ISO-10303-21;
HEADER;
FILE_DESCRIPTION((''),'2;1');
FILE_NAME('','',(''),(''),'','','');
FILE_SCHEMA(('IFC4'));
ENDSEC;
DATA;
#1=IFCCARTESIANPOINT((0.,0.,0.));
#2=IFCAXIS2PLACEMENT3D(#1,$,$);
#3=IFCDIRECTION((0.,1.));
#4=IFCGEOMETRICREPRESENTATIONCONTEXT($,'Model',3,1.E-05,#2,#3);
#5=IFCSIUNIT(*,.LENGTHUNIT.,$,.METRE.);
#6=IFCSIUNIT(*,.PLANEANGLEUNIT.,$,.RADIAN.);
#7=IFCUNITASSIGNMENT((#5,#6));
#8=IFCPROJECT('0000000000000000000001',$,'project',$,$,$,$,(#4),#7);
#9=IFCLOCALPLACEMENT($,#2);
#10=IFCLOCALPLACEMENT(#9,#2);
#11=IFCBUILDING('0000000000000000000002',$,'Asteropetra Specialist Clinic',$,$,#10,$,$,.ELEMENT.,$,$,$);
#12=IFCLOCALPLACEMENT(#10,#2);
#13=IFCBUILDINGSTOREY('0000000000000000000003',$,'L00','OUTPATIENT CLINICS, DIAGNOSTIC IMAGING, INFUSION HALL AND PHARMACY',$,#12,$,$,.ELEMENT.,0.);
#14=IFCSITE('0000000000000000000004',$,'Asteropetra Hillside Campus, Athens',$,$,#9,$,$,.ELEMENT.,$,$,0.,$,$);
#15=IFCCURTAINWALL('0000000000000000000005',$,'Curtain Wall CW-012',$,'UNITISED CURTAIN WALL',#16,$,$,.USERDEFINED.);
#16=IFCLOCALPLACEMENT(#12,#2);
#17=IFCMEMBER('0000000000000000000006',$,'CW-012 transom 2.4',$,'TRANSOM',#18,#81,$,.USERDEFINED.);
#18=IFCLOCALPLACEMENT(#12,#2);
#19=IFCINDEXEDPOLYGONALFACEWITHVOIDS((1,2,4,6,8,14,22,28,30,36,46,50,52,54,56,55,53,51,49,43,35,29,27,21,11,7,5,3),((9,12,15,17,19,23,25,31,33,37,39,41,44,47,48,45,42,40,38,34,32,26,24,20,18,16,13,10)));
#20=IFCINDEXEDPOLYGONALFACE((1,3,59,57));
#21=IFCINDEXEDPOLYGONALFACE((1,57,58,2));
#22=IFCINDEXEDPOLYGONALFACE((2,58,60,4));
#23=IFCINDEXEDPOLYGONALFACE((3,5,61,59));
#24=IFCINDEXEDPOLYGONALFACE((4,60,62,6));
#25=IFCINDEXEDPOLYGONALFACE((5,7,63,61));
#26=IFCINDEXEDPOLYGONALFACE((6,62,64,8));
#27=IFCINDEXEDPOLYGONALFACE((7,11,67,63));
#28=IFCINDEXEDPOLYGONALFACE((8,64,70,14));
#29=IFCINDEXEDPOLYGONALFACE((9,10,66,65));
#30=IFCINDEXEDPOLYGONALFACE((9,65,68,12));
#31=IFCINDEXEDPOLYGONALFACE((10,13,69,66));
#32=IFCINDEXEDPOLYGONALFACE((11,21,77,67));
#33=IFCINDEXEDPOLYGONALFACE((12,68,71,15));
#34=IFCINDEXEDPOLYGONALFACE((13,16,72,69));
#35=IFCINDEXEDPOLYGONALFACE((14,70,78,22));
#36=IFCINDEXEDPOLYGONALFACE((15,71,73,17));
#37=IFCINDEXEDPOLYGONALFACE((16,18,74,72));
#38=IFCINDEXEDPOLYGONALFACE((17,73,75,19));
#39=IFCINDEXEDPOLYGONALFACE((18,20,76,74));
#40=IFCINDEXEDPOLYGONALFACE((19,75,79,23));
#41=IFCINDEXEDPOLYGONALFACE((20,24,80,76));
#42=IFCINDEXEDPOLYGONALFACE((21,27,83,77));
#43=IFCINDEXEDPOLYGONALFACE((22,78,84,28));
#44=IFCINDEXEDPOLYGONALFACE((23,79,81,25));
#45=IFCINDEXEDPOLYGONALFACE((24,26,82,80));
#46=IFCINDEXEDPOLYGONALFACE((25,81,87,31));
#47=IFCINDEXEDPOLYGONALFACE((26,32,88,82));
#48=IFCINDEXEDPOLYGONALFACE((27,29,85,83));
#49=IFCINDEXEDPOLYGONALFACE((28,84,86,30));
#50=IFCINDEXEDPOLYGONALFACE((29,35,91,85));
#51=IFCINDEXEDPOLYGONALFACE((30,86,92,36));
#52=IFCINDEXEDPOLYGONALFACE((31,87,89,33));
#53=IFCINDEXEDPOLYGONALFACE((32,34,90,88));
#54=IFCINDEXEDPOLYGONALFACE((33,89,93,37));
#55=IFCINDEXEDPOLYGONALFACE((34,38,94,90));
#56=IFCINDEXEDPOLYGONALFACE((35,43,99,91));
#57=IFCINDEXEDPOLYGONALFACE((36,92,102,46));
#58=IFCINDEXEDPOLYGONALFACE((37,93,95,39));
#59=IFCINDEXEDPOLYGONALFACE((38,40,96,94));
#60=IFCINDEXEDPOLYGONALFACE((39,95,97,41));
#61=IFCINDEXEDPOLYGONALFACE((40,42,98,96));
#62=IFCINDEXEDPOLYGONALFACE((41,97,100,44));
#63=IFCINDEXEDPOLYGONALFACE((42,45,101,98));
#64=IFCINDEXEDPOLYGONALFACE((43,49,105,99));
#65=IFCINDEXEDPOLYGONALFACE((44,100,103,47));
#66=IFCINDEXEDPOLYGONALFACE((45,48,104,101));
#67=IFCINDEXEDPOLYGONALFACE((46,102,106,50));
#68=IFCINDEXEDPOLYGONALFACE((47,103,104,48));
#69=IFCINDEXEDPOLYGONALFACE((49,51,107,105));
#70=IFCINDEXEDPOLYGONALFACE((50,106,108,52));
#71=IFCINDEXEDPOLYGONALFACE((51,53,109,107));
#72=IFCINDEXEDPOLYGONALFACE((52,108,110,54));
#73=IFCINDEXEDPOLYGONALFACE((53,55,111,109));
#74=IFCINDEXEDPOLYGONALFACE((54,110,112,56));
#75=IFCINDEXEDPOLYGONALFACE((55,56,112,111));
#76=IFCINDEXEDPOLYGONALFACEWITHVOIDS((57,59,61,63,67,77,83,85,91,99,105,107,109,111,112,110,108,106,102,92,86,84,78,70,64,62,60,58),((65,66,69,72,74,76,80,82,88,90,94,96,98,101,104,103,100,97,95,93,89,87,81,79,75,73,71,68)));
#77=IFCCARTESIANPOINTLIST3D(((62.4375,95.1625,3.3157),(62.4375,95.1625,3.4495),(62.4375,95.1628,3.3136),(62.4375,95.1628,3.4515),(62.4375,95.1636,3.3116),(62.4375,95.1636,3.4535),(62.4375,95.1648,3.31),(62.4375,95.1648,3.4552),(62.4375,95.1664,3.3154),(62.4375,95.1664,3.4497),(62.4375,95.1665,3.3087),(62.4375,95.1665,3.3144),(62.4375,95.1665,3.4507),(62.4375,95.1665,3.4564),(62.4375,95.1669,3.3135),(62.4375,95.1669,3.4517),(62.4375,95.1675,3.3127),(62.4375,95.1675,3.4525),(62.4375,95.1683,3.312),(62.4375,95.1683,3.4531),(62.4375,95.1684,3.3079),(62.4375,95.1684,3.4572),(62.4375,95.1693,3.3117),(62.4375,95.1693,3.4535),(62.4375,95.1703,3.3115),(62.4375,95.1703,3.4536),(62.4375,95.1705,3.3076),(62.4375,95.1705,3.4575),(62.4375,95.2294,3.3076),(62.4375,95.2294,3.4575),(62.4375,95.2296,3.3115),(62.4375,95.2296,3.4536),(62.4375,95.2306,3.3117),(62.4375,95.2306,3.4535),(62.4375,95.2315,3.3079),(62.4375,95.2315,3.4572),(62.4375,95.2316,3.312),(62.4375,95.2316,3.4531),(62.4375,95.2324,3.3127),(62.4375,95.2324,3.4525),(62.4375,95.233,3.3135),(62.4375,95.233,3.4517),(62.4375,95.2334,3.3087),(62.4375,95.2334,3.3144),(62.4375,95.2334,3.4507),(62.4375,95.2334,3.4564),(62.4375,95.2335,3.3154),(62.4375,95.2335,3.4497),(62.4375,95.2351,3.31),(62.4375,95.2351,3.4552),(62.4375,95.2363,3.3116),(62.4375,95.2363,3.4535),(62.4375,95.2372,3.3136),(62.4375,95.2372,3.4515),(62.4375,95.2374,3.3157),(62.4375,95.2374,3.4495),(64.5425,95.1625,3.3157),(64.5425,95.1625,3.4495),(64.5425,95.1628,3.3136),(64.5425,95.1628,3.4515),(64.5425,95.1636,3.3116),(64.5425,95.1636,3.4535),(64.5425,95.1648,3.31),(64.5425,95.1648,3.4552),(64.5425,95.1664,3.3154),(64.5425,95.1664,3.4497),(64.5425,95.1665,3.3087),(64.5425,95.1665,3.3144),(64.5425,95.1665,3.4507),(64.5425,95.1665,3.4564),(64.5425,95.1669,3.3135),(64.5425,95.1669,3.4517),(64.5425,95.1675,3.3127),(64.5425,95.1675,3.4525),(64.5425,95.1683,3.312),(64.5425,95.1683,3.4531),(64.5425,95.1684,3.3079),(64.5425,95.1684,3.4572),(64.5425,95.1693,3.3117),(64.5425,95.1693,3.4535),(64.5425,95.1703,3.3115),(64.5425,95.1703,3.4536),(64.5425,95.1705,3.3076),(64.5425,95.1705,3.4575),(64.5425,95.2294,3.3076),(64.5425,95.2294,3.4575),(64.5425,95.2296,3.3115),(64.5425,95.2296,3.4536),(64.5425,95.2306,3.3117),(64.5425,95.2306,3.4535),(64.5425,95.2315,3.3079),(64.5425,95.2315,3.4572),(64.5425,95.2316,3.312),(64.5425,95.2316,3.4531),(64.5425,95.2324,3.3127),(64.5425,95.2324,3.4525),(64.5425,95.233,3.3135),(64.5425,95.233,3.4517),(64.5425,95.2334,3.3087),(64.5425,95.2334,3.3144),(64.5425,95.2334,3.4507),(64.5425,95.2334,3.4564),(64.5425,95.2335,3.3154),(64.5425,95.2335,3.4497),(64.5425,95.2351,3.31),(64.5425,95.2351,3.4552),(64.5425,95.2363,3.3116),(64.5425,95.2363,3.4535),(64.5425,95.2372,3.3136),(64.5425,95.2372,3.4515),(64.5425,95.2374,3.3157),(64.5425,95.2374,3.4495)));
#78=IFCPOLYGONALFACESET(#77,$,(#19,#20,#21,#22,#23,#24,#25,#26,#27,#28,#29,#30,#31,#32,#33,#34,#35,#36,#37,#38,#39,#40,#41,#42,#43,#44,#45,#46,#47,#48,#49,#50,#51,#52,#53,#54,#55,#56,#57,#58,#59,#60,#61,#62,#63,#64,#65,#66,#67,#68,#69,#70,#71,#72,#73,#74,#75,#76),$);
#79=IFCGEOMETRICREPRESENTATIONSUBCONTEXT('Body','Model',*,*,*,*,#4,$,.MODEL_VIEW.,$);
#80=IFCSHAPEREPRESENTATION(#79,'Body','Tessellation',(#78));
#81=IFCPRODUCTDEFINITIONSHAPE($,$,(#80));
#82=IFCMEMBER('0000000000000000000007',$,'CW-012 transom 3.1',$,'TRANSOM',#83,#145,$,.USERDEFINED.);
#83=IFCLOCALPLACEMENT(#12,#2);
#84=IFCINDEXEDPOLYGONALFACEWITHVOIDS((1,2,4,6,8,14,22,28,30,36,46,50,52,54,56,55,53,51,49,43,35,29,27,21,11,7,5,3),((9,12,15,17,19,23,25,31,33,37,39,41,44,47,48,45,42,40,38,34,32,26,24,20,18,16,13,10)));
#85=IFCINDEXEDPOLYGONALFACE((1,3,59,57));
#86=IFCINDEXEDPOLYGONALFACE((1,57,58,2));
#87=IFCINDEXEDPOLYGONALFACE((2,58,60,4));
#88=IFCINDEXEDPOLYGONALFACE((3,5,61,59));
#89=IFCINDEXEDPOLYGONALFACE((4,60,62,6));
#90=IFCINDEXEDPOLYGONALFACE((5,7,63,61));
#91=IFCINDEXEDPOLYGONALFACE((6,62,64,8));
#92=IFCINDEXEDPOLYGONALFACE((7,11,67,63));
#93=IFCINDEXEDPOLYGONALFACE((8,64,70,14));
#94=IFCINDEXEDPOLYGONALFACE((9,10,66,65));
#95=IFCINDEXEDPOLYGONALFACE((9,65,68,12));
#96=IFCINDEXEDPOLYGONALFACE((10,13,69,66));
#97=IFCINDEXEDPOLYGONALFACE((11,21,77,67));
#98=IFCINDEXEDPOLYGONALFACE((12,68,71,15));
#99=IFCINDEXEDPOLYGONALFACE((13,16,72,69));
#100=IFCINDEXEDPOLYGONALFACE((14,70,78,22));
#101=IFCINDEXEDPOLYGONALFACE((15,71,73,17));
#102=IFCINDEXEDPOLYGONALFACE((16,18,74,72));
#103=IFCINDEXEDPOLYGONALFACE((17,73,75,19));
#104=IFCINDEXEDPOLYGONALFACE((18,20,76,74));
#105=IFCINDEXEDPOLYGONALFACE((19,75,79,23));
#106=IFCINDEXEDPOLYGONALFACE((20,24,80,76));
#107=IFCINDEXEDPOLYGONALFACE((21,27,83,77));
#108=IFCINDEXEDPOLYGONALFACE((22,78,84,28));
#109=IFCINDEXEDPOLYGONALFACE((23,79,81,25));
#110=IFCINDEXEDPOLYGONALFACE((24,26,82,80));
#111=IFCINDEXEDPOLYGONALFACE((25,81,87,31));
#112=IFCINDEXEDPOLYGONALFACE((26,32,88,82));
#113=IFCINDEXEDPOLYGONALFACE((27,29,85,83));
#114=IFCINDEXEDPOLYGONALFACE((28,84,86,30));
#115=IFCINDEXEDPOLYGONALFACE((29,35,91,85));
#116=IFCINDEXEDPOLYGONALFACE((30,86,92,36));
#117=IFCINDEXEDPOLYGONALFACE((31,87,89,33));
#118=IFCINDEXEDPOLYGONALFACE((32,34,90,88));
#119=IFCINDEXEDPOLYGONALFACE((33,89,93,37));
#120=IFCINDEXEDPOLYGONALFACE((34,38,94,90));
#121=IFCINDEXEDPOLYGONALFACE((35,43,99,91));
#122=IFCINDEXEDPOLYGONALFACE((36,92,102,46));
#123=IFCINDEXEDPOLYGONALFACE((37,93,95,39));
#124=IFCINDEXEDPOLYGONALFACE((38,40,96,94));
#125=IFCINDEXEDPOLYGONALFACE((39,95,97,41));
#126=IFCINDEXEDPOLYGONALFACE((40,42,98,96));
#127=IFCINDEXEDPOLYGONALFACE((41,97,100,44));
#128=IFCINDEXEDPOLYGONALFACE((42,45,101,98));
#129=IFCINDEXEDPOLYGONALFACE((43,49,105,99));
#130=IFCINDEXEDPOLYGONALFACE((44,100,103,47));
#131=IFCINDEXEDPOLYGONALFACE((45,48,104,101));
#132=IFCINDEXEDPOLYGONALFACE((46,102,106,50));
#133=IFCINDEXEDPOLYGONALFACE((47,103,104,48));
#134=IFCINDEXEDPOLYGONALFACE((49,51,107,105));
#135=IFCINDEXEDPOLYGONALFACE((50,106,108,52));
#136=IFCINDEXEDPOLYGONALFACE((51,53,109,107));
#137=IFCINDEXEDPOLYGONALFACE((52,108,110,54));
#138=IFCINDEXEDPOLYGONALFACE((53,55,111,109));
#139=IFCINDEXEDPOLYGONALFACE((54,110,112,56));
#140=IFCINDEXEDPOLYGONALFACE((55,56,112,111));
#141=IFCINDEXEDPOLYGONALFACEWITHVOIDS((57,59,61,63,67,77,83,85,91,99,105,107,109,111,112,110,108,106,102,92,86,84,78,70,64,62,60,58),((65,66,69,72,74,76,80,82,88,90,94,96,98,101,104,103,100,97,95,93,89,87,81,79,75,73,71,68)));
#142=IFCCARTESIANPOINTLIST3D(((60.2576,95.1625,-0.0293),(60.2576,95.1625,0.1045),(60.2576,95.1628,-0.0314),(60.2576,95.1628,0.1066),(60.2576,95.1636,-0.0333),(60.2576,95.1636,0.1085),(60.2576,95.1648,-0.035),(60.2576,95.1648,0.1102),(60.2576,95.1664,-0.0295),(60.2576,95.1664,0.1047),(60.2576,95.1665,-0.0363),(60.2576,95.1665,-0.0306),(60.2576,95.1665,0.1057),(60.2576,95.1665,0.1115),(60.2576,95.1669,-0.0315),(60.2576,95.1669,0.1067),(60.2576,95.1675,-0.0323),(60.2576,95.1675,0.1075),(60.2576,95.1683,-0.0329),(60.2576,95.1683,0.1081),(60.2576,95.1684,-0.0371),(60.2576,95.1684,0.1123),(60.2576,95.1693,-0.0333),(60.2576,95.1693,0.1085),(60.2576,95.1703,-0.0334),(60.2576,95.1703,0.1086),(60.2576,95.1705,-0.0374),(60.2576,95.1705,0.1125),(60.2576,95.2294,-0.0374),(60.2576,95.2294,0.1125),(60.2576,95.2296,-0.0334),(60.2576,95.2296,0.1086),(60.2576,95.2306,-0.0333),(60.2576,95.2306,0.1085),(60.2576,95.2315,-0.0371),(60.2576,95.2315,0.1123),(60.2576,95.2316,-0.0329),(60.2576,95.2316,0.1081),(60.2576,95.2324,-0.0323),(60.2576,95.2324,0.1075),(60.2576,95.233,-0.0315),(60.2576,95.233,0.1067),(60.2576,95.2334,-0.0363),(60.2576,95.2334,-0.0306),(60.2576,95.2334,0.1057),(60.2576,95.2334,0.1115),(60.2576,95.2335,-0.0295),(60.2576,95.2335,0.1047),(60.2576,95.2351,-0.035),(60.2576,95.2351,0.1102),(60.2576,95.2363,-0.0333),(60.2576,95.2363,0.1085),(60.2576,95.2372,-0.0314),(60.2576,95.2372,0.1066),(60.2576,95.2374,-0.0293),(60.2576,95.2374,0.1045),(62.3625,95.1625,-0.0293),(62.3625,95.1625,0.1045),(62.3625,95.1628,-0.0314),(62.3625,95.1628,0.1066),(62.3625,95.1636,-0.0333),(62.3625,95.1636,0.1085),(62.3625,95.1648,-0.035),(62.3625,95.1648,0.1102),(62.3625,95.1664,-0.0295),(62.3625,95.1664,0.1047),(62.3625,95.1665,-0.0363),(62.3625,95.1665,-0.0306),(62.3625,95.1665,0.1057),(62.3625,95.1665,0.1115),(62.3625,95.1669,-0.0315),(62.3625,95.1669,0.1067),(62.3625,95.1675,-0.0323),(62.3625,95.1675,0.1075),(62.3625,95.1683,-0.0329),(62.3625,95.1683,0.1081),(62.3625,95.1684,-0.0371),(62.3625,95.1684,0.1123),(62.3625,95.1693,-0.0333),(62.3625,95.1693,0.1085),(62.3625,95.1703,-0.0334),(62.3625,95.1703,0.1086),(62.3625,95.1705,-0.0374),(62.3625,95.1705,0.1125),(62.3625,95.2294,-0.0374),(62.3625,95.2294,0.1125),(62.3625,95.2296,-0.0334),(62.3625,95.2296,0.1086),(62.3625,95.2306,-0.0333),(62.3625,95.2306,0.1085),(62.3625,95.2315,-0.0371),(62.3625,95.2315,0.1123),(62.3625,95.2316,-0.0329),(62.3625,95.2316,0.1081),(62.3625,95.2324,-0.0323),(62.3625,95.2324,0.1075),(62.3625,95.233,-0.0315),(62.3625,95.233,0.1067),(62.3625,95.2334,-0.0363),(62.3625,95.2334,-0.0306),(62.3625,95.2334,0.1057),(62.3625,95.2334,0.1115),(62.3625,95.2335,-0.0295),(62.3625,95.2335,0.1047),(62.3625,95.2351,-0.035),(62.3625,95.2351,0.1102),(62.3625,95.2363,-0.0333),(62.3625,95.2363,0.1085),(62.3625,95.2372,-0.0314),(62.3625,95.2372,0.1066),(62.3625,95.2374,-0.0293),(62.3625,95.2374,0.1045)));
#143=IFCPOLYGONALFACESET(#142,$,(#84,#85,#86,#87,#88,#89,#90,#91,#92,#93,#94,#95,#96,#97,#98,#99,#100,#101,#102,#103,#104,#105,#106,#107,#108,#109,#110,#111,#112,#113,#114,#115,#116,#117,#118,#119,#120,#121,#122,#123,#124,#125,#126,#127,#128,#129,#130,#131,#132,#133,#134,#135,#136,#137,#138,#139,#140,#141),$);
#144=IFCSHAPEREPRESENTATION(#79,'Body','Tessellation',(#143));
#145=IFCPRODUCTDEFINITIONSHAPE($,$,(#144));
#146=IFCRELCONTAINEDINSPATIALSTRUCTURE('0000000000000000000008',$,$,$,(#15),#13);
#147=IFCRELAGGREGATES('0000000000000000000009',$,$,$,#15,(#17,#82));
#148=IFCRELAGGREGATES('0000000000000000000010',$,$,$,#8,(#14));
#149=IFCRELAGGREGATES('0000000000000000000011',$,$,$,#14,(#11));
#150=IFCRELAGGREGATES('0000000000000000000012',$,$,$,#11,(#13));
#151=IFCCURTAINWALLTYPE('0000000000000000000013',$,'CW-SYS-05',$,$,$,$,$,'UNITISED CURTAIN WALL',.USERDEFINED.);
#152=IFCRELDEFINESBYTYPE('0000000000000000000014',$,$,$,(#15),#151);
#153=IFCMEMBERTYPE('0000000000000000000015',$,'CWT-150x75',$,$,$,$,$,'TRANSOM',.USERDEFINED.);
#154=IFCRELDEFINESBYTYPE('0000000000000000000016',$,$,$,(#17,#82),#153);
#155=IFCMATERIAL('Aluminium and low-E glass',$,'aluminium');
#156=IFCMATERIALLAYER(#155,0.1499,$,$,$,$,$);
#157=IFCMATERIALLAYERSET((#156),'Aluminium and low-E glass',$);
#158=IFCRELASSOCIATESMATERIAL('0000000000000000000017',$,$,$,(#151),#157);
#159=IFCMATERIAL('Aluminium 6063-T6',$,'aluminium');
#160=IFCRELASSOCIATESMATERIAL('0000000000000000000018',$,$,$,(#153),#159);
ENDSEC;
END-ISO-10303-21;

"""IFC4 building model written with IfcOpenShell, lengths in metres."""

from ifc_helpers import new_model, si_unit, direction, frame, origin, origin_2d, place, context, subcontext, project, spatial, hollow_rectangle, extrude, material, layer, layer_set, material_profile, profile_set, type_object, element, aggregate, save


model = new_model("IFC4")

# Units and contexts
model_context = context("Model", 3, precision=1e-05, world=origin(), true_north=direction((0.0, 1.0)))
body_context = subcontext(model_context, "Body", "Model", "MODEL_VIEW")
ifc_project = project(units=[si_unit("LENGTHUNIT", "METRE"), si_unit("PLANEANGLEUNIT", "RADIAN")], contexts=[model_context])

# Site, building, storey
site_placement = place(None, origin())
site = spatial("IfcSite", under=ifc_project, at=site_placement, Name="Asteropetra Hillside Campus, Athens", CompositionType="ELEMENT", RefElevation=0.0)
building_placement = place(site_placement, origin())
building = spatial("IfcBuilding", under=site, at=building_placement, Name="Asteropetra Specialist Clinic", CompositionType="ELEMENT")
storey_placement = place(building_placement, origin())
storey = spatial("IfcBuildingStorey", under=building, at=storey_placement, Name="L00", Description="OUTPATIENT CLINICS, DIAGNOSTIC IMAGING, INFUSION HALL AND PHARMACY", CompositionType="ELEMENT", Elevation=0.0)

# Curtain wall
ifc_material_1 = material(Name="Aluminium and low-E glass", Category="aluminium")
ifc_layer_1 = layer(ifc_material_1, 0.1499)
ifc_layer_set_1 = layer_set([ifc_layer_1], Name="Aluminium and low-E glass")
curtain_wall_type_1 = type_object("IfcCurtainWallType", Name="CW-SYS-05", ElementType="UNITISED CURTAIN WALL", PredefinedType="USERDEFINED", material=ifc_layer_set_1)
curtain_wall_1_placement = place(storey_placement, origin())
curtain_wall_1 = element("IfcCurtainWall", 1, at=curtain_wall_1_placement, inside=storey, type_object=curtain_wall_type_1, Name="Curtain Wall CW-012", ObjectType="UNITISED CURTAIN WALL", PredefinedType="USERDEFINED")

# Members
ifc_material_2 = material(Name="Aluminium 6063-T6", Category="aluminium")
ifc_material_profile_1 = material_profile(ifc_material_2, hollow_rectangle(XDim=0.075, YDim=0.1499, WallThickness=0.0039, InnerFilletRadius=0.0039, OuterFilletRadius=0.0081, at=origin_2d()), Name="TRN 150x75x4.0")
ifc_profile_set_1 = profile_set([ifc_material_profile_1], Name="Aluminium 6063-T6")
member_type_1 = type_object("IfcMemberType", Name="CWT-150x75", ElementType="TRANSOM", PredefinedType="USERDEFINED", material=ifc_profile_set_1)
member_1_placement = place(storey_placement, frame((64.5425, 95.2, 3.3826), z_axis=(-1.0, 0.0, 0.0), x_axis=(0.0, -1.0, 0.0)))
member_1 = element("IfcMember", 2, at=member_1_placement, type_object=member_type_1, Name="CW-012 transom 2.4", ObjectType="TRANSOM", PredefinedType="USERDEFINED", context=body_context, shape_type="SweptSolid", body=[
    extrude(hollow_rectangle(XDim=0.075, YDim=0.1499, WallThickness=0.0039, InnerFilletRadius=0.0039, OuterFilletRadius=0.0081, at=origin_2d()), origin(), (0.0, 0.0, 1.0), 2.105),
])
member_2_placement = place(storey_placement, frame((62.3625, 95.2, 0.0376), z_axis=(-1.0, 0.0, 0.0), x_axis=(0.0, -1.0, 0.0)))
member_2 = element("IfcMember", 3, at=member_2_placement, type_object=member_type_1, Name="CW-012 transom 3.1", ObjectType="TRANSOM", PredefinedType="USERDEFINED", context=body_context, shape_type="SweptSolid", body=[
    extrude(hollow_rectangle(XDim=0.075, YDim=0.1499, WallThickness=0.0039, InnerFilletRadius=0.0039, OuterFilletRadius=0.0081, at=origin_2d()), origin(), (0.0, 0.0, 1.0), 2.105),
])

aggregate(curtain_wall_1, [member_1, member_2])

save(model, "model.ifc")
